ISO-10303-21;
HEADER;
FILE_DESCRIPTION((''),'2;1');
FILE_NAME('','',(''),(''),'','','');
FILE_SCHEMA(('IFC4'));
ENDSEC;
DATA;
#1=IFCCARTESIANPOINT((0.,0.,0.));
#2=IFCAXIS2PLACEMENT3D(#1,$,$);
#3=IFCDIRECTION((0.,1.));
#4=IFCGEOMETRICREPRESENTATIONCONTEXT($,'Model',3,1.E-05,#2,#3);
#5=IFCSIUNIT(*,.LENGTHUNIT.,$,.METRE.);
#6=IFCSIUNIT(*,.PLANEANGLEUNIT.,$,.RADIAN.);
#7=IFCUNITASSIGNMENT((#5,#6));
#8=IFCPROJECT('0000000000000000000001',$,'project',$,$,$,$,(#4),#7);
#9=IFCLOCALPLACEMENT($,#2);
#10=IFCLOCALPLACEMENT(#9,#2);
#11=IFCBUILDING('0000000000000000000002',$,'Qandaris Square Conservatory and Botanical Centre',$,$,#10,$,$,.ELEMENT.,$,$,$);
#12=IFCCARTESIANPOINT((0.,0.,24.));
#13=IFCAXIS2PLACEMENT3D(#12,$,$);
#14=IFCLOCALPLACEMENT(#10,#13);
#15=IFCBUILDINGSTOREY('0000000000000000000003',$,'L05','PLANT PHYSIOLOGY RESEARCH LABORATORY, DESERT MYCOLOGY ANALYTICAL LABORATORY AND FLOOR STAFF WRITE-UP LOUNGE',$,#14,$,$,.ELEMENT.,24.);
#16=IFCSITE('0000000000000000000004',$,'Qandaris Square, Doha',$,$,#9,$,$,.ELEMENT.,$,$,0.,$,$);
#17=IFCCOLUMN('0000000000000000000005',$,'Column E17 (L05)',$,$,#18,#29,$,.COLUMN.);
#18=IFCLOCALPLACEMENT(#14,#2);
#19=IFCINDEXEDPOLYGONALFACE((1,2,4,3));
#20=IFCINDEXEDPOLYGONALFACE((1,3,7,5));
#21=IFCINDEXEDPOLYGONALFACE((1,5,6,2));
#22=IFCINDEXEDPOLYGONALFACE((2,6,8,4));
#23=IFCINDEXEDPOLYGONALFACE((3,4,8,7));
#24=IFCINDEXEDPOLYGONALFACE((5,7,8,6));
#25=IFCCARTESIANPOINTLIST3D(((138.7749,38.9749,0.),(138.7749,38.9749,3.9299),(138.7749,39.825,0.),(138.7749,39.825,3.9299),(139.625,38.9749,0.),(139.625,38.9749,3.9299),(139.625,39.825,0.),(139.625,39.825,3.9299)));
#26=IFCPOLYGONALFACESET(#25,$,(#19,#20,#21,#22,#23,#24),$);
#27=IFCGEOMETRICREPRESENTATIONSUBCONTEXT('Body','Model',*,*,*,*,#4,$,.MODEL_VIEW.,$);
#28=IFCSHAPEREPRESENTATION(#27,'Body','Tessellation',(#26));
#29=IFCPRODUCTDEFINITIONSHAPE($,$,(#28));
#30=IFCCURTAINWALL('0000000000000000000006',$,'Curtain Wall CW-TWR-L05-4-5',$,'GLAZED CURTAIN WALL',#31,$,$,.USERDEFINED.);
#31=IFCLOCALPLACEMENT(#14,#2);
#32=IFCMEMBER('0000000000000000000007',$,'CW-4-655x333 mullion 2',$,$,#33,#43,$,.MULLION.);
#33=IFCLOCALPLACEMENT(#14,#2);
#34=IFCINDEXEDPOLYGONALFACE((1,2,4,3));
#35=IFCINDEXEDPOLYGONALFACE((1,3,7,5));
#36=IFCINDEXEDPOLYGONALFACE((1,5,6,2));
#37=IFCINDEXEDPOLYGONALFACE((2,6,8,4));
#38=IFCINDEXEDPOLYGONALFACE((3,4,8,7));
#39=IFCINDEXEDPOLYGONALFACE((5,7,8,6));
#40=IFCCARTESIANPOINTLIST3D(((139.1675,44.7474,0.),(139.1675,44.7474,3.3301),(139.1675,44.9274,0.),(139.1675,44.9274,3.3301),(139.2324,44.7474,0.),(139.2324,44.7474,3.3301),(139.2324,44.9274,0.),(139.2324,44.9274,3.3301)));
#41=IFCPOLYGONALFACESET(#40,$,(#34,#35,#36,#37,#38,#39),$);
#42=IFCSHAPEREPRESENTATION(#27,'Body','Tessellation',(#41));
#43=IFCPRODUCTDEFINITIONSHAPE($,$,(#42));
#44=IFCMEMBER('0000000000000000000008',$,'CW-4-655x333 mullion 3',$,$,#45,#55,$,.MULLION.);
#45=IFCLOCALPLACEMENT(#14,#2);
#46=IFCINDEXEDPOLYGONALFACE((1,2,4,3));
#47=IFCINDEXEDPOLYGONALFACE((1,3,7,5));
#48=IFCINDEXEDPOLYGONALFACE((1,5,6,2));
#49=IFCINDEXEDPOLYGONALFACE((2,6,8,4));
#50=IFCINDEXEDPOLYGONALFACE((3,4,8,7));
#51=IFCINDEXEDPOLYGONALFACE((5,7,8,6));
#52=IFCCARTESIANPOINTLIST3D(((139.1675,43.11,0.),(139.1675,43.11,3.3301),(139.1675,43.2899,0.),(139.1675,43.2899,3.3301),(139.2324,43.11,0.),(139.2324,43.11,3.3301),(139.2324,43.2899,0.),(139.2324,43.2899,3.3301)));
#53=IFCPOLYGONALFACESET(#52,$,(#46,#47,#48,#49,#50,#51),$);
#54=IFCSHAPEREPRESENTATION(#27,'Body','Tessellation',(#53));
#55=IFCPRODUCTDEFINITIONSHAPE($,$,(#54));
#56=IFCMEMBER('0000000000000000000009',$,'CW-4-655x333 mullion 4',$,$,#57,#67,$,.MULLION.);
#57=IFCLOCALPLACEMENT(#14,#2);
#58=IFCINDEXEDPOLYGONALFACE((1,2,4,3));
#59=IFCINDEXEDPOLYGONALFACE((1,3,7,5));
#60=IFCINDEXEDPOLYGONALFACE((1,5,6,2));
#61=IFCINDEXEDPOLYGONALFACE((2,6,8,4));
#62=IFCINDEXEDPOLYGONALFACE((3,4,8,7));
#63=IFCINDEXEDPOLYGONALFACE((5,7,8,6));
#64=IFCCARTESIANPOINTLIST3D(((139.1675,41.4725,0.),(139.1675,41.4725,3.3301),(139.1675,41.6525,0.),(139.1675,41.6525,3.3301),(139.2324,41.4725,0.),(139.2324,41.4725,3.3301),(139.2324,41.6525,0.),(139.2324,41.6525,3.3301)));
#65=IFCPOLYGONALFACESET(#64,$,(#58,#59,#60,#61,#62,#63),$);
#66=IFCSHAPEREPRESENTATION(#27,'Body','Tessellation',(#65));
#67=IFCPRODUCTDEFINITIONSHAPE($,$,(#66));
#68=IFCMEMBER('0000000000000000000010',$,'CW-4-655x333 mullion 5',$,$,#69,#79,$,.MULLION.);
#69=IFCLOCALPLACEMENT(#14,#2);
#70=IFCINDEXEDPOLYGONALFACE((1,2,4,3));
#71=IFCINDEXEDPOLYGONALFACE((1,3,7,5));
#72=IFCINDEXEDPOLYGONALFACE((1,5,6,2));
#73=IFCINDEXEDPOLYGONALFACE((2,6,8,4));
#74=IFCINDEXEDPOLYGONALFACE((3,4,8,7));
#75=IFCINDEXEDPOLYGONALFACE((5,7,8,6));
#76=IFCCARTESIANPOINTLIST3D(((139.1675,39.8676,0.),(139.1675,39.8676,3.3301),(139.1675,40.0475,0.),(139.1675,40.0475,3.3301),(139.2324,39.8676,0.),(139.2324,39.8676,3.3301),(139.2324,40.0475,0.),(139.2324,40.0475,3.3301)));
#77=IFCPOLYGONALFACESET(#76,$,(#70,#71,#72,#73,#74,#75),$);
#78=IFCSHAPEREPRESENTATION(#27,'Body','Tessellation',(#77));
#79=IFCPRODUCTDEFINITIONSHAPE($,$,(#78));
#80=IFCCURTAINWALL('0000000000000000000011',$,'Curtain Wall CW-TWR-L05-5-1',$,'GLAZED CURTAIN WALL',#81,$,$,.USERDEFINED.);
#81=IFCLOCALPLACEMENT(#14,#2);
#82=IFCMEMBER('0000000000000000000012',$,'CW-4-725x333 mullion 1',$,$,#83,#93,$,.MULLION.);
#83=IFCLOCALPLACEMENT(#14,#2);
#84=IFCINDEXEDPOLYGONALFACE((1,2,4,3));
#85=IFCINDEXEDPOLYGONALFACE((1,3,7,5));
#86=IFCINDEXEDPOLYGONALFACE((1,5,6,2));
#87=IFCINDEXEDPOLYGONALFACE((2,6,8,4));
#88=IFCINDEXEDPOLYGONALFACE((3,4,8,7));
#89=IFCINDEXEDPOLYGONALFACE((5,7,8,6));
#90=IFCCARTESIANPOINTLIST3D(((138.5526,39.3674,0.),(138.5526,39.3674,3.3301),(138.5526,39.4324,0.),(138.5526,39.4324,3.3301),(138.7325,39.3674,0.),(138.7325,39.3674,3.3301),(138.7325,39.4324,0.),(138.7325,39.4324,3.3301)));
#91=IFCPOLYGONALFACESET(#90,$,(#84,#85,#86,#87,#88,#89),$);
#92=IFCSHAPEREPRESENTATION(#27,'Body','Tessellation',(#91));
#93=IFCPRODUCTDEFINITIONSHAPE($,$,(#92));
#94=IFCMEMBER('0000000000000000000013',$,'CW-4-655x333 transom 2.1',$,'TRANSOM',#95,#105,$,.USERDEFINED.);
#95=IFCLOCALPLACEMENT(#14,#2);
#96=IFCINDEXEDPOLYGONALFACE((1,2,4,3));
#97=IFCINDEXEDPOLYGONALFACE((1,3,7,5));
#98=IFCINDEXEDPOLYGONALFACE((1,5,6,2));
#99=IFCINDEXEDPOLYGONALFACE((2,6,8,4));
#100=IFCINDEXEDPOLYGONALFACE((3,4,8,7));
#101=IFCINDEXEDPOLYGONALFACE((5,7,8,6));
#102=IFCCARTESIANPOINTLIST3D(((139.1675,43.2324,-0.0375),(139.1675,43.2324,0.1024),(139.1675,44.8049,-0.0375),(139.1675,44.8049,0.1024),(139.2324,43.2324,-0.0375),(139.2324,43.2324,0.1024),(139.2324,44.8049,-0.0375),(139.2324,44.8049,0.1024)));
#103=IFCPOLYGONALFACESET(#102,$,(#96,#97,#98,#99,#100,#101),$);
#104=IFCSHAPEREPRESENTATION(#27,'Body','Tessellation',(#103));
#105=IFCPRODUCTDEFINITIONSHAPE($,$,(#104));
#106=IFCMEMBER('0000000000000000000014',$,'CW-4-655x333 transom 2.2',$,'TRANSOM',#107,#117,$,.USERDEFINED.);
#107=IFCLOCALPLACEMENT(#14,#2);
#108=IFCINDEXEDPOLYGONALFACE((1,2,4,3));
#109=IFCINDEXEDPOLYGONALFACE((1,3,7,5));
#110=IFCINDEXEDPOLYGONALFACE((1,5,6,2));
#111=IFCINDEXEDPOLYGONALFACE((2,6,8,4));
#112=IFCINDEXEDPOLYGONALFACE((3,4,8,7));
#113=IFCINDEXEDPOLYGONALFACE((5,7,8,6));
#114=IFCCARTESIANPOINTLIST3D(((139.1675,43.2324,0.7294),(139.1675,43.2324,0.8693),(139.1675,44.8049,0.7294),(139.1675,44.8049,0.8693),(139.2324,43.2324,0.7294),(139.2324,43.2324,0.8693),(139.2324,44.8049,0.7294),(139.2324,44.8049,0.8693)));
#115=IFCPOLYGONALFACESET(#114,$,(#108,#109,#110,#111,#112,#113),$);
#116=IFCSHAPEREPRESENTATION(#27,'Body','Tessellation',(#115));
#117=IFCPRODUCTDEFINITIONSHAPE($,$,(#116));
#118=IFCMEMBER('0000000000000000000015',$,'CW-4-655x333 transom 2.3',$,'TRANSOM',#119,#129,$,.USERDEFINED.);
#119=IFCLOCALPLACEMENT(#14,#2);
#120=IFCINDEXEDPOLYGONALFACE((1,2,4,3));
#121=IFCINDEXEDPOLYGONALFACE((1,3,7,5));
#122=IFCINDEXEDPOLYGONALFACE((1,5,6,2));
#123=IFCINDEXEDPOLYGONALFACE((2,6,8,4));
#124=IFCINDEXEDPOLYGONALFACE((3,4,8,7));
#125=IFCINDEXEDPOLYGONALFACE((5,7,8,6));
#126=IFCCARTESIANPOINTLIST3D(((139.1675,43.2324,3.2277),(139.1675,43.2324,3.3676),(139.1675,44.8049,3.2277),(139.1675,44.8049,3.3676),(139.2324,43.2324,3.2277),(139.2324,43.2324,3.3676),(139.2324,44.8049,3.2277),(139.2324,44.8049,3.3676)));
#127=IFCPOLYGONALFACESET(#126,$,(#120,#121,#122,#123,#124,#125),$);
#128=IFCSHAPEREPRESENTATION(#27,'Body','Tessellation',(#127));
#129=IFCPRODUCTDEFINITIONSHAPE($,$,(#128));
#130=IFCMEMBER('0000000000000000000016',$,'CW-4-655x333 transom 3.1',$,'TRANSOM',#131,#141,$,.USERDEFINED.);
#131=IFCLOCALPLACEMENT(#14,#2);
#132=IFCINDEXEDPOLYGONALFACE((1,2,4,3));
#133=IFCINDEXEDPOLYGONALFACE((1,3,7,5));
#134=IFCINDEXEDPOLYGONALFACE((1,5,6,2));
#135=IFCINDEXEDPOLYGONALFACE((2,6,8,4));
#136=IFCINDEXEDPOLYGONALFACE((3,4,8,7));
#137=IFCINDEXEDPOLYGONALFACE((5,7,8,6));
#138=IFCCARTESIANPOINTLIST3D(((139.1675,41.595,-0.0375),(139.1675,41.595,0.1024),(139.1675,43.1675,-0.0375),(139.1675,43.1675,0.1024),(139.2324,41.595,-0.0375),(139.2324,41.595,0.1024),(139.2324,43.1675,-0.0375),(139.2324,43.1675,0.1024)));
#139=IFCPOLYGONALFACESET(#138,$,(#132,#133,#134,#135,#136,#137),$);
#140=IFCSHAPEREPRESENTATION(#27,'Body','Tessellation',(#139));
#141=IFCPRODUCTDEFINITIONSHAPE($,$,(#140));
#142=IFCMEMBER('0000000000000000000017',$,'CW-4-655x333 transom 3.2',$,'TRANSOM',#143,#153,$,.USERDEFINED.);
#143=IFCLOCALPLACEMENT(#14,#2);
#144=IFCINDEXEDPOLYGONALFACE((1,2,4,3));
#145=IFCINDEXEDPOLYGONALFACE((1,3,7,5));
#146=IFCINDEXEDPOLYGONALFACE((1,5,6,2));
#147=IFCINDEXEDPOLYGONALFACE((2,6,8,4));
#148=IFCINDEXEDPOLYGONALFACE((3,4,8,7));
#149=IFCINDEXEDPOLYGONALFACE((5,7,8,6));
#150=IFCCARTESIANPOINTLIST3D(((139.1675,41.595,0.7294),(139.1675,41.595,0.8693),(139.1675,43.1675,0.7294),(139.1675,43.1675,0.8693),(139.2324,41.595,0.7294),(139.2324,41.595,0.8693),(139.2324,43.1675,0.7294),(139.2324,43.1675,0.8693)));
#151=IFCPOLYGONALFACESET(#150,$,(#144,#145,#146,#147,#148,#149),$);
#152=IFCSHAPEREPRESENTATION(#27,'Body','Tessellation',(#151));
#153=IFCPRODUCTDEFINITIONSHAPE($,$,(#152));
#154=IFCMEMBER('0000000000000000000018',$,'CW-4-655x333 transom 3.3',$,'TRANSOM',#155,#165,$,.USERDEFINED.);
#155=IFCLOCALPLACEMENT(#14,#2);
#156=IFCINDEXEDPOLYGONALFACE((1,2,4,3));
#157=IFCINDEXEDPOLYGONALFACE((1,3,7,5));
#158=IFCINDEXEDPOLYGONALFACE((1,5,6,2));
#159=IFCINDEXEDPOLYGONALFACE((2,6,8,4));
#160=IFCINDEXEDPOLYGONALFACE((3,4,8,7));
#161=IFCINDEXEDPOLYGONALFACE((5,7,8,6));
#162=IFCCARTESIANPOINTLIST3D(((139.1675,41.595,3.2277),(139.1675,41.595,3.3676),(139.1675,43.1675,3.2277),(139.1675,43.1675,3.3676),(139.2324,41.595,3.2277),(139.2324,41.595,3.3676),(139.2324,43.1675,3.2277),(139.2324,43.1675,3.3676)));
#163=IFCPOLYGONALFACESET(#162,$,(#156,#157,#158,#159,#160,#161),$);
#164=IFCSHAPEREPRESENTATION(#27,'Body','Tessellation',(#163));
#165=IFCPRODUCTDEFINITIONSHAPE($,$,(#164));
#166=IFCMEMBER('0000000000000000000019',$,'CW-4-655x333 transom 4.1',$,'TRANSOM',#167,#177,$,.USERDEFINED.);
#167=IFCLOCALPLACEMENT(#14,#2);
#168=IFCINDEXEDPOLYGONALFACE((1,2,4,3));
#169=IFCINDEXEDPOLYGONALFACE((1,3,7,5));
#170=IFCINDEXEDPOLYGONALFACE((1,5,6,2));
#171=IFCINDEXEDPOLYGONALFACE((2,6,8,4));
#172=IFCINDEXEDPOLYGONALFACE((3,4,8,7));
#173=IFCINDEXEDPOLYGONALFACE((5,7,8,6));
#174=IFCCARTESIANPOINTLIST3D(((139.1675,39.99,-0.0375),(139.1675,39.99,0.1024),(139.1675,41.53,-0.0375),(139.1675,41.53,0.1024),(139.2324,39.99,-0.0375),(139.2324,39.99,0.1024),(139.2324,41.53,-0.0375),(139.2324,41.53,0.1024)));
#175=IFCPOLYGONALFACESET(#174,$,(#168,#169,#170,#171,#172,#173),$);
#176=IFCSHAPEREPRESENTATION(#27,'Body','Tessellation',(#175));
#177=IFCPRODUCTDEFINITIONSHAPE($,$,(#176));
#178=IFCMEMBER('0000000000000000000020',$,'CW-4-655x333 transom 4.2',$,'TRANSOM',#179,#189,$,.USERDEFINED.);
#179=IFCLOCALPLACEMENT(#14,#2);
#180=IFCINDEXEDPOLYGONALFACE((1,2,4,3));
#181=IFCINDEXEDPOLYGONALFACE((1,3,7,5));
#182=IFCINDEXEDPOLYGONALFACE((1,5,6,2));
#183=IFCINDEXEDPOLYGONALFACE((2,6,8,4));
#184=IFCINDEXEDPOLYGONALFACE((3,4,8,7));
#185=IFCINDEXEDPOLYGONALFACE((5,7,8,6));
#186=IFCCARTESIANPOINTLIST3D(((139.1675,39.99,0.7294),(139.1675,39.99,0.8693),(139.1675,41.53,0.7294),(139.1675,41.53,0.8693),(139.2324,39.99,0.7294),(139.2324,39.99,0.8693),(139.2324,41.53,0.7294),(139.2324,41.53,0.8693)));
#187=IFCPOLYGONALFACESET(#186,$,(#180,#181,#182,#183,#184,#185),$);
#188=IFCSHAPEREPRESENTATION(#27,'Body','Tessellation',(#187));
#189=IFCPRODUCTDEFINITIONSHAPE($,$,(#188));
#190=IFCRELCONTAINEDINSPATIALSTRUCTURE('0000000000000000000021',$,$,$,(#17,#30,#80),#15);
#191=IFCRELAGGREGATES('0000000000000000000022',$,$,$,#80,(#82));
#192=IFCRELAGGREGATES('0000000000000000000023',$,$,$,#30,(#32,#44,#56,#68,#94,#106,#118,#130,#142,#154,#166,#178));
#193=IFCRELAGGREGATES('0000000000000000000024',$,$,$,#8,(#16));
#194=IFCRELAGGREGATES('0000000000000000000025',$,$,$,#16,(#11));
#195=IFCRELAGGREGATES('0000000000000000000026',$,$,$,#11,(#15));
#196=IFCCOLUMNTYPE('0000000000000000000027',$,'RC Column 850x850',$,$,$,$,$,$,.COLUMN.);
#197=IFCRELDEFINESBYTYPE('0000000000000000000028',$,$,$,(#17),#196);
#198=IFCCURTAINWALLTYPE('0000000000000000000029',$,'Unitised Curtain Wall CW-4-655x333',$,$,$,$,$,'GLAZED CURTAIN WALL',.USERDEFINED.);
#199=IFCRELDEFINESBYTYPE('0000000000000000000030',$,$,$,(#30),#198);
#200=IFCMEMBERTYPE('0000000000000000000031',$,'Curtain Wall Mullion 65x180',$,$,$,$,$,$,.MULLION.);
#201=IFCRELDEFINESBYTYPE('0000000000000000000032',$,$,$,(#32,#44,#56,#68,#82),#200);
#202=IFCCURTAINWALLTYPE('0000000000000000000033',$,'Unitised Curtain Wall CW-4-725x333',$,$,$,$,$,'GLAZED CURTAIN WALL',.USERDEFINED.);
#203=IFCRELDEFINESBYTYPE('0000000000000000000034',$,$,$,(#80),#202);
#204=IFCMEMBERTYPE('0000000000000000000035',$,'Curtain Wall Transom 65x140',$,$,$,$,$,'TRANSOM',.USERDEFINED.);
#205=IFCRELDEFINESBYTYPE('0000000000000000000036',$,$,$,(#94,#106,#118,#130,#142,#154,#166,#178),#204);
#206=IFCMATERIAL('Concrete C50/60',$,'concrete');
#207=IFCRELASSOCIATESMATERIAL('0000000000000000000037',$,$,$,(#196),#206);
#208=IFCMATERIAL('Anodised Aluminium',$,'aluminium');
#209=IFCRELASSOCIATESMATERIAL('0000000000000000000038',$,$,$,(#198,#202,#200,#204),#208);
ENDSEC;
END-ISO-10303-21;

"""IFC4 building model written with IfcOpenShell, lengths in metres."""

from ifc_helpers import new_model, si_unit, direction, frame, origin, origin_2d, place, context, subcontext, project, spatial, rectangle, extrude, material, material_profile, profile_set, type_object, element, aggregate, save


model = new_model("IFC4")

# Units and contexts
model_context = context("Model", 3, precision=1e-05, world=origin(), true_north=direction((0.0, 1.0)))
body_context = subcontext(model_context, "Body", "Model", "MODEL_VIEW")
ifc_project = project(units=[si_unit("LENGTHUNIT", "METRE"), si_unit("PLANEANGLEUNIT", "RADIAN")], contexts=[model_context])

# Site, building, storey
site_placement = place(None, origin())
site = spatial("IfcSite", under=ifc_project, at=site_placement, Name="Qandaris Square, Doha", CompositionType="ELEMENT", RefElevation=0.0)
building_placement = place(site_placement, origin())
building = spatial("IfcBuilding", under=site, at=building_placement, Name="Qandaris Square Conservatory and Botanical Centre", CompositionType="ELEMENT")
storey_placement = place(building_placement, frame((0.0, 0.0, 24.0)))
storey = spatial("IfcBuildingStorey", under=building, at=storey_placement, Name="L05", Description="PLANT PHYSIOLOGY RESEARCH LABORATORY, DESERT MYCOLOGY ANALYTICAL LABORATORY AND FLOOR STAFF WRITE-UP LOUNGE", CompositionType="ELEMENT", Elevation=24.0)

# Column
ifc_material_1 = material(Name="Concrete C50/60", Category="concrete")
ifc_material_profile_1 = material_profile(ifc_material_1, rectangle(XDim=0.8501, YDim=0.8501, at=origin_2d()), Name="RC-COL 850x850")
ifc_profile_set_1 = profile_set([ifc_material_profile_1], Name="Concrete C50/60")
column_type = type_object("IfcColumnType", Name="RC Column 850x850", PredefinedType="COLUMN", material=ifc_profile_set_1)
column_placement = place(storey_placement, frame((139.2, 39.3999, 0.0), z_axis=(0.0, 0.0, 1.0), x_axis=(1.0, 0.0, 0.0)))
element("IfcColumn", 1, at=column_placement, inside=storey, type_object=column_type, Name="Column E17 (L05)", PredefinedType="COLUMN", context=body_context, shape_type="SweptSolid", body=[
    extrude(rectangle(XDim=0.8501, YDim=0.8501, at=origin_2d()), origin(), (0.0, 0.0, 1.0), 3.9299),
])

# Curtain wall, members
ifc_material_2 = material(Name="Anodised Aluminium", Category="aluminium")
curtain_wall_type_1 = type_object("IfcCurtainWallType", Name="Unitised Curtain Wall CW-4-655x333", ElementType="GLAZED CURTAIN WALL", PredefinedType="USERDEFINED", material=ifc_material_2)
curtain_wall_1_placement = place(storey_placement, origin())
curtain_wall_1 = element("IfcCurtainWall", 2, at=curtain_wall_1_placement, inside=storey, type_object=curtain_wall_type_1, Name="Curtain Wall CW-TWR-L05-4-5", ObjectType="GLAZED CURTAIN WALL", PredefinedType="USERDEFINED")
ifc_material_profile_2 = material_profile(ifc_material_2, rectangle(XDim=0.0649, YDim=0.1799, at=origin_2d()), Name="ALU-MUL 65x180")
ifc_profile_set_2 = profile_set([ifc_material_profile_2], Name="Anodised Aluminium")
member_type_1 = type_object("IfcMemberType", Name="Curtain Wall Mullion 65x180", PredefinedType="MULLION", material=ifc_profile_set_2)
member_1_placement = place(storey_placement, frame((139.2, 44.8374, 0.0), z_axis=(0.0, 0.0, 1.0), x_axis=(1.0, 0.0, 0.0)))
member_1 = element("IfcMember", 3, at=member_1_placement, type_object=member_type_1, Name="CW-4-655x333 mullion 2", PredefinedType="MULLION", context=body_context, shape_type="SweptSolid", body=[
    extrude(rectangle(XDim=0.0649, YDim=0.1799, at=origin_2d()), origin(), (0.0, 0.0, 1.0), 3.3301),
])
member_2_placement = place(storey_placement, frame((139.2, 43.2, 0.0), z_axis=(0.0, 0.0, 1.0), x_axis=(1.0, 0.0, 0.0)))
member_2 = element("IfcMember", 4, at=member_2_placement, type_object=member_type_1, Name="CW-4-655x333 mullion 3", PredefinedType="MULLION", context=body_context, shape_type="SweptSolid", body=[
    extrude(rectangle(XDim=0.0649, YDim=0.1799, at=origin_2d()), origin(), (0.0, 0.0, 1.0), 3.3301),
])
member_3_placement = place(storey_placement, frame((139.2, 41.5625, 0.0), z_axis=(0.0, 0.0, 1.0), x_axis=(1.0, 0.0, 0.0)))
member_3 = element("IfcMember", 5, at=member_3_placement, type_object=member_type_1, Name="CW-4-655x333 mullion 4", PredefinedType="MULLION", context=body_context, shape_type="SweptSolid", body=[
    extrude(rectangle(XDim=0.0649, YDim=0.1799, at=origin_2d()), origin(), (0.0, 0.0, 1.0), 3.3301),
])
member_4_placement = place(storey_placement, frame((139.2, 39.9575, 0.0), z_axis=(0.0, 0.0, 1.0), x_axis=(1.0, 0.0, 0.0)))
member_4 = element("IfcMember", 6, at=member_4_placement, type_object=member_type_1, Name="CW-4-655x333 mullion 5", PredefinedType="MULLION", context=body_context, shape_type="SweptSolid", body=[
    extrude(rectangle(XDim=0.0649, YDim=0.1799, at=origin_2d()), origin(), (0.0, 0.0, 1.0), 3.3301),
])

# Curtain wall, member
curtain_wall_type_2 = type_object("IfcCurtainWallType", Name="Unitised Curtain Wall CW-4-725x333", ElementType="GLAZED CURTAIN WALL", PredefinedType="USERDEFINED", material=ifc_material_2)
curtain_wall_2_placement = place(storey_placement, origin())
curtain_wall_2 = element("IfcCurtainWall", 7, at=curtain_wall_2_placement, inside=storey, type_object=curtain_wall_type_2, Name="Curtain Wall CW-TWR-L05-5-1", ObjectType="GLAZED CURTAIN WALL", PredefinedType="USERDEFINED")
member_5_placement = place(storey_placement, frame((138.6426, 39.3999, 0.0), z_axis=(0.0, 0.0, 1.0), x_axis=(0.0, -1.0, 0.0)))
member_5 = element("IfcMember", 8, at=member_5_placement, type_object=member_type_1, Name="CW-4-725x333 mullion 1", PredefinedType="MULLION", context=body_context, shape_type="SweptSolid", body=[
    extrude(rectangle(XDim=0.0649, YDim=0.1799, at=origin_2d()), origin(), (0.0, 0.0, 1.0), 3.3301),
])

# Members
ifc_material_profile_3 = material_profile(ifc_material_2, rectangle(XDim=0.0649, YDim=0.1399, at=origin_2d()), Name="ALU-TRN 65x140")
ifc_profile_set_3 = profile_set([ifc_material_profile_3], Name="Anodised Aluminium")
member_type_2 = type_object("IfcMemberType", Name="Curtain Wall Transom 65x140", ElementType="TRANSOM", PredefinedType="USERDEFINED", material=ifc_profile_set_3)
member_6_placement = place(storey_placement, frame((139.2, 44.8049, 0.0325), z_axis=(0.0, -1.0, 0.0), x_axis=(1.0, 0.0, 0.0)))
member_6 = element("IfcMember", 9, at=member_6_placement, type_object=member_type_2, Name="CW-4-655x333 transom 2.1", ObjectType="TRANSOM", PredefinedType="USERDEFINED", context=body_context, shape_type="SweptSolid", body=[
    extrude(rectangle(XDim=0.0649, YDim=0.1399, at=origin_2d()), origin(), (0.0, 0.0, 1.0), 1.5725),
])
member_7_placement = place(storey_placement, frame((139.2, 44.8049, 0.7993), z_axis=(0.0, -1.0, 0.0), x_axis=(1.0, 0.0, 0.0)))
member_7 = element("IfcMember", 10, at=member_7_placement, type_object=member_type_2, Name="CW-4-655x333 transom 2.2", ObjectType="TRANSOM", PredefinedType="USERDEFINED", context=body_context, shape_type="SweptSolid", body=[
    extrude(rectangle(XDim=0.0649, YDim=0.1399, at=origin_2d()), origin(), (0.0, 0.0, 1.0), 1.5725),
])
member_8_placement = place(storey_placement, frame((139.2, 44.8049, 3.2976), z_axis=(0.0, -1.0, 0.0), x_axis=(1.0, 0.0, 0.0)))
member_8 = element("IfcMember", 11, at=member_8_placement, type_object=member_type_2, Name="CW-4-655x333 transom 2.3", ObjectType="TRANSOM", PredefinedType="USERDEFINED", context=body_context, shape_type="SweptSolid", body=[
    extrude(rectangle(XDim=0.0649, YDim=0.1399, at=origin_2d()), origin(), (0.0, 0.0, 1.0), 1.5725),
])
member_9_placement = place(storey_placement, frame((139.2, 43.1675, 0.0325), z_axis=(0.0, -1.0, 0.0), x_axis=(1.0, 0.0, 0.0)))
member_9 = element("IfcMember", 12, at=member_9_placement, type_object=member_type_2, Name="CW-4-655x333 transom 3.1", ObjectType="TRANSOM", PredefinedType="USERDEFINED", context=body_context, shape_type="SweptSolid", body=[
    extrude(rectangle(XDim=0.0649, YDim=0.1399, at=origin_2d()), origin(), (0.0, 0.0, 1.0), 1.5725),
])
member_10_placement = place(storey_placement, frame((139.2, 43.1675, 0.7993), z_axis=(0.0, -1.0, 0.0), x_axis=(1.0, 0.0, 0.0)))
member_10 = element("IfcMember", 13, at=member_10_placement, type_object=member_type_2, Name="CW-4-655x333 transom 3.2", ObjectType="TRANSOM", PredefinedType="USERDEFINED", context=body_context, shape_type="SweptSolid", body=[
    extrude(rectangle(XDim=0.0649, YDim=0.1399, at=origin_2d()), origin(), (0.0, 0.0, 1.0), 1.5725),
])
member_11_placement = place(storey_placement, frame((139.2, 43.1675, 3.2976), z_axis=(0.0, -1.0, 0.0), x_axis=(1.0, 0.0, 0.0)))
member_11 = element("IfcMember", 14, at=member_11_placement, type_object=member_type_2, Name="CW-4-655x333 transom 3.3", ObjectType="TRANSOM", PredefinedType="USERDEFINED", context=body_context, shape_type="SweptSolid", body=[
    extrude(rectangle(XDim=0.0649, YDim=0.1399, at=origin_2d()), origin(), (0.0, 0.0, 1.0), 1.5725),
])
member_12_placement = place(storey_placement, frame((139.2, 41.53, 0.0325), z_axis=(0.0, -1.0, 0.0), x_axis=(1.0, 0.0, 0.0)))
member_12 = element("IfcMember", 15, at=member_12_placement, type_object=member_type_2, Name="CW-4-655x333 transom 4.1", ObjectType="TRANSOM", PredefinedType="USERDEFINED", context=body_context, shape_type="SweptSolid", body=[
    extrude(rectangle(XDim=0.0649, YDim=0.1399, at=origin_2d()), origin(), (0.0, 0.0, 1.0), 1.54),
])
member_13_placement = place(storey_placement, frame((139.2, 41.53, 0.7993), z_axis=(0.0, -1.0, 0.0), x_axis=(1.0, 0.0, 0.0)))
member_13 = element("IfcMember", 16, at=member_13_placement, type_object=member_type_2, Name="CW-4-655x333 transom 4.2", ObjectType="TRANSOM", PredefinedType="USERDEFINED", context=body_context, shape_type="SweptSolid", body=[
    extrude(rectangle(XDim=0.0649, YDim=0.1399, at=origin_2d()), origin(), (0.0, 0.0, 1.0), 1.54),
])
aggregate(curtain_wall_2, [member_5])

aggregate(curtain_wall_1, [member_1, member_2, member_3, member_4, member_6, member_7, member_8, member_9, member_10, member_11, member_12, member_13])

save(model, "model.ifc")
